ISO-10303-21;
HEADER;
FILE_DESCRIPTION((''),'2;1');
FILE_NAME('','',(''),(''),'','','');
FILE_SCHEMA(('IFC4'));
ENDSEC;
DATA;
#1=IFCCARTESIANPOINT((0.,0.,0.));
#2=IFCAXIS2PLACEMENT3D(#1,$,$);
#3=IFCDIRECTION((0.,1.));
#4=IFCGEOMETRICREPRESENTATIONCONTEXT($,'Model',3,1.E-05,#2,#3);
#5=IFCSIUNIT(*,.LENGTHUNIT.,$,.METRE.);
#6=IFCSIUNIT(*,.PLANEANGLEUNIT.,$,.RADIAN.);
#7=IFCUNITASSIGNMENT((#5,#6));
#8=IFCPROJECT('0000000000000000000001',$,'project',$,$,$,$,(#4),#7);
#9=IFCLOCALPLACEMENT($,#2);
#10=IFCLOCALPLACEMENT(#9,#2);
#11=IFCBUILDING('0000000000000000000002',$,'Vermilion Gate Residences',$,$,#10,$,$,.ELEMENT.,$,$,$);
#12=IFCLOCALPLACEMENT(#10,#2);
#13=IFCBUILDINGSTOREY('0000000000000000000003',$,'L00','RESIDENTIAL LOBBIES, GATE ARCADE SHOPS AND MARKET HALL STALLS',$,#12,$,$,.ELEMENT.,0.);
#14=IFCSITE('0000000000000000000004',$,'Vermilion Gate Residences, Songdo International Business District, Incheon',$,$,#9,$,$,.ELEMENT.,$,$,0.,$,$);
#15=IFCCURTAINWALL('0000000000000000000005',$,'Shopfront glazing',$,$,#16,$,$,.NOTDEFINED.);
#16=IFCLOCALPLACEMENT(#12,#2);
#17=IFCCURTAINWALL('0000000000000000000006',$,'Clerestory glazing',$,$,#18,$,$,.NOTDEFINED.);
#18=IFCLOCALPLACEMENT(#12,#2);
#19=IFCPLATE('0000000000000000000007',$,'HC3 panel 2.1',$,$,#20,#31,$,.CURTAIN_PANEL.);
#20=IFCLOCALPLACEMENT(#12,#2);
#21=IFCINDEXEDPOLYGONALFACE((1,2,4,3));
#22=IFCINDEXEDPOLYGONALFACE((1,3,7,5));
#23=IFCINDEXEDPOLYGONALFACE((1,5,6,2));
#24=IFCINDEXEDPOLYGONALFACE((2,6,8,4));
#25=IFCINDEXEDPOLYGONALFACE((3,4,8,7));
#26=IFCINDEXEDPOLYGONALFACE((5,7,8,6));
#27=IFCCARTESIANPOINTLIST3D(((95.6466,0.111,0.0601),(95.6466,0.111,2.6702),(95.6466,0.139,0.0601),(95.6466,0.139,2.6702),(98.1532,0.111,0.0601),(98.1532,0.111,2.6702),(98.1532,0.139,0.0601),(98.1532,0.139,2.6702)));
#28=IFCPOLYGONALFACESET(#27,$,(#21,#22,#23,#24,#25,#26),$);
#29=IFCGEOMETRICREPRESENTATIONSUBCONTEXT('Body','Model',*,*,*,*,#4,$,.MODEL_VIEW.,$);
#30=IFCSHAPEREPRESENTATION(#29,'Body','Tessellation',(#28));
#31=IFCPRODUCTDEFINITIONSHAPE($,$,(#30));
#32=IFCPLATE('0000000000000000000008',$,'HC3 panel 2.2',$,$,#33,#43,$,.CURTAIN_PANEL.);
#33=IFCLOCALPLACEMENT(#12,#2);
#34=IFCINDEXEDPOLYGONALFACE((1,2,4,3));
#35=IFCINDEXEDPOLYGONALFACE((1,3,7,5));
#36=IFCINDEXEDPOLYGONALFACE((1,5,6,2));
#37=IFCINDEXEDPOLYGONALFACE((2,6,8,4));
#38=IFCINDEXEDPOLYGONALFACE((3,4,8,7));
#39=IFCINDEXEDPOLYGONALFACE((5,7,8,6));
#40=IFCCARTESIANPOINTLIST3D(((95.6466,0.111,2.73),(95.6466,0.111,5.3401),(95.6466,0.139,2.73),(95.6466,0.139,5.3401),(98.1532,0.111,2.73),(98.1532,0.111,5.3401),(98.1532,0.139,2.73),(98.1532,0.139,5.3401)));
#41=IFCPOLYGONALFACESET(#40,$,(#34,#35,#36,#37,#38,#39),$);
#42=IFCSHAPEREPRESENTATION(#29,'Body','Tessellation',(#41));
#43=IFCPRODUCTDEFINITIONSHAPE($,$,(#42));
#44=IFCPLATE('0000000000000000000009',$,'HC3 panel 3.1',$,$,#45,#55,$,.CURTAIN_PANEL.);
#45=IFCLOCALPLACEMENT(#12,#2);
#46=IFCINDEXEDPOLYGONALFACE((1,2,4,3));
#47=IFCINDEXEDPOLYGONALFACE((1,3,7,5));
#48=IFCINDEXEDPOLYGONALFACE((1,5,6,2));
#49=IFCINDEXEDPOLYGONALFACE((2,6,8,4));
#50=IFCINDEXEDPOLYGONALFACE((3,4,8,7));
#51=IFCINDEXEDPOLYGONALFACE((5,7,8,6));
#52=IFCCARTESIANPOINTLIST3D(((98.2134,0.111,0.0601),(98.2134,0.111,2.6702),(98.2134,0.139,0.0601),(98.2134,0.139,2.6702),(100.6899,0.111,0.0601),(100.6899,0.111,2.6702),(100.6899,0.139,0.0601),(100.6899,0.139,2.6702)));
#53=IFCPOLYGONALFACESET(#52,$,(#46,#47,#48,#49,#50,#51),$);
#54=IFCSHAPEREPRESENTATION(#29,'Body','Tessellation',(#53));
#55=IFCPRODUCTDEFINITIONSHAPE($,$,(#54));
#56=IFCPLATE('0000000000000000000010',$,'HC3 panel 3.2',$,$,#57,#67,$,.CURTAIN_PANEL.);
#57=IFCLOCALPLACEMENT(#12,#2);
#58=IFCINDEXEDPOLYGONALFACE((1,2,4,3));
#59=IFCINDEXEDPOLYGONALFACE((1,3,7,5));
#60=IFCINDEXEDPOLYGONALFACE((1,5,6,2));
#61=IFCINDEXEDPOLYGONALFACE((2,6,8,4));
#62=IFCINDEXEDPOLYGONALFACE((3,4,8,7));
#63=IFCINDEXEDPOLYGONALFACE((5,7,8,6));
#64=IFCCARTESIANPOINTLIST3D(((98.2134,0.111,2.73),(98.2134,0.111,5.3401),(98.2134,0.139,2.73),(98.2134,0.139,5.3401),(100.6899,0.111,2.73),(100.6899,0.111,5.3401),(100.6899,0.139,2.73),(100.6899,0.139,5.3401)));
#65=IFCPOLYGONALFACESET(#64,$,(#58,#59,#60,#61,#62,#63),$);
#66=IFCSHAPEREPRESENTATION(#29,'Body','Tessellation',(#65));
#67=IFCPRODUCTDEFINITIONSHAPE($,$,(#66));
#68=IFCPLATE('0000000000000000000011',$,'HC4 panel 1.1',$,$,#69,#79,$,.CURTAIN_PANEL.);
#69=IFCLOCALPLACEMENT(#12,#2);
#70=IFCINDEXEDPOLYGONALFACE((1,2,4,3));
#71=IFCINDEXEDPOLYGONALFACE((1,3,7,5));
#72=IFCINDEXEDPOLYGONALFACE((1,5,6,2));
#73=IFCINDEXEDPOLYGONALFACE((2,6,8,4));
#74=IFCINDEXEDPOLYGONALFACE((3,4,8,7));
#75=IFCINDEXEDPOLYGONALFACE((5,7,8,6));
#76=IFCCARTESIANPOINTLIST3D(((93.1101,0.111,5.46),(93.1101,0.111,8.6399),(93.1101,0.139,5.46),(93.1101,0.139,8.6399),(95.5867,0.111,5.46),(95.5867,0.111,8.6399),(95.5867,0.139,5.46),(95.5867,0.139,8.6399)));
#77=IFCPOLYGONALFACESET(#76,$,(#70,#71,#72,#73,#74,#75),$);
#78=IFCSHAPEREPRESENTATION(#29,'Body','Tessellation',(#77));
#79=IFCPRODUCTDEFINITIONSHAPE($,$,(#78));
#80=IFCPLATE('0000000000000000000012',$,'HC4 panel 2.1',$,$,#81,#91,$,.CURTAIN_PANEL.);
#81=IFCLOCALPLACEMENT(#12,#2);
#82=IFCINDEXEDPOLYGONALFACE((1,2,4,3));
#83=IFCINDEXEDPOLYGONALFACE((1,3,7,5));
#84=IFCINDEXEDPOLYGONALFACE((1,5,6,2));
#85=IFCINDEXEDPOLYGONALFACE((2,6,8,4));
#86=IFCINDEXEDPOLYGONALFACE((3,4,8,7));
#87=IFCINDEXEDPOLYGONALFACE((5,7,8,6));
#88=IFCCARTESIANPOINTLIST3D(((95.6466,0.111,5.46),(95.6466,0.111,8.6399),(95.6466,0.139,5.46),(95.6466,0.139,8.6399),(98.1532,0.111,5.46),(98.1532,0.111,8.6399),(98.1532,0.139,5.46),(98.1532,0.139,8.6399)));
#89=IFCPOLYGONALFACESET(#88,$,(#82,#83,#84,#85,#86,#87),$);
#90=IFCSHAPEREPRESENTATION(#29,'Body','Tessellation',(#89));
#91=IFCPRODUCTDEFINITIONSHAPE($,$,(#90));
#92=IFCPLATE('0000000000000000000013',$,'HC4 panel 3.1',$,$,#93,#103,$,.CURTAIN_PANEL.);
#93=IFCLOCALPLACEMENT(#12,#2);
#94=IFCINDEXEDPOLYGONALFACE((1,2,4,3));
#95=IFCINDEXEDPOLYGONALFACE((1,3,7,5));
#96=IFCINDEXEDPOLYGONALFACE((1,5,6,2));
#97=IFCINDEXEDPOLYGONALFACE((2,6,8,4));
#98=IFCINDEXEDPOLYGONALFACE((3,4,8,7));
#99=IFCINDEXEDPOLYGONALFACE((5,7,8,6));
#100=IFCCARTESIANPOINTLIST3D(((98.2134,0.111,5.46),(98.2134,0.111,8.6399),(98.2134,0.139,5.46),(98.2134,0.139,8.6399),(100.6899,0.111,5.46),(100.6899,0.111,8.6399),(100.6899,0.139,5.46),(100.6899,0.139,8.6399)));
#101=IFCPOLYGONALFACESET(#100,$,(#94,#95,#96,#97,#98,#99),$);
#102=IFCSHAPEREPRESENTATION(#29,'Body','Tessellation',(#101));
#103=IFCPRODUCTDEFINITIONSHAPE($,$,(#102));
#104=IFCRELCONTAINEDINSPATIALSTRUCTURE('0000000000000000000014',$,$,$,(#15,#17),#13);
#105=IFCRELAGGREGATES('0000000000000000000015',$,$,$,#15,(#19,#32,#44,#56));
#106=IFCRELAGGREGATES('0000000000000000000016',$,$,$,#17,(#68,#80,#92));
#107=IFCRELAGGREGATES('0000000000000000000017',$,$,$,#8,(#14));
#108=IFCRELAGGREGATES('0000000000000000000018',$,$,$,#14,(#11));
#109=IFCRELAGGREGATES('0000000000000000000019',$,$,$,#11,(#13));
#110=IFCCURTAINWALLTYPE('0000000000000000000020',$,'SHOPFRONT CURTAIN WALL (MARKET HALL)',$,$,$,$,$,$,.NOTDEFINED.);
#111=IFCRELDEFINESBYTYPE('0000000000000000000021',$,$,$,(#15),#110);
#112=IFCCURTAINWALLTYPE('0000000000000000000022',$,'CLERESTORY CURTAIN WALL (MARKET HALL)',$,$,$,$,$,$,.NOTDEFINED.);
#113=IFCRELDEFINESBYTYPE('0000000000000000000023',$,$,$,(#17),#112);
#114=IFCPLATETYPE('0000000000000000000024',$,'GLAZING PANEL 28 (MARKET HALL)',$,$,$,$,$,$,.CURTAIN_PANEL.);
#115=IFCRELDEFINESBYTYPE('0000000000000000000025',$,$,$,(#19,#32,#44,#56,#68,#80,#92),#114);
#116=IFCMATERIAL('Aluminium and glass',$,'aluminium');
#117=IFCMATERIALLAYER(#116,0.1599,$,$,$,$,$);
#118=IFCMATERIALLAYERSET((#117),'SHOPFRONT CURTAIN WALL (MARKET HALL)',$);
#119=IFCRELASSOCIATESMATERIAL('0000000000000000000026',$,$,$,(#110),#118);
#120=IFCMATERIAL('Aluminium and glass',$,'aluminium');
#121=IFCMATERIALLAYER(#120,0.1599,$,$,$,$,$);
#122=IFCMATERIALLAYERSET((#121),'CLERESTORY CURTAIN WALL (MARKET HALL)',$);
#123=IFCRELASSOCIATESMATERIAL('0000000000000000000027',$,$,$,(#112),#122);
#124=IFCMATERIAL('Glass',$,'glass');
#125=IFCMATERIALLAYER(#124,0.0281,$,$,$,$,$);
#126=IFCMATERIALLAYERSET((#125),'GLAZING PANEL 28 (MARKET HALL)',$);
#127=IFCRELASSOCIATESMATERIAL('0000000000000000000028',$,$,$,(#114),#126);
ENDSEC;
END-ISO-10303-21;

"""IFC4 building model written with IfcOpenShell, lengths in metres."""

from ifc_helpers import new_model, si_unit, direction, frame, origin, origin_2d, place, context, subcontext, project, spatial, rectangle, extrude, material, layer, layer_set, type_object, element, aggregate, save


model = new_model("IFC4")

# Units and contexts
model_context = context("Model", 3, precision=1e-05, world=origin(), true_north=direction((0.0, 1.0)))
body_context = subcontext(model_context, "Body", "Model", "MODEL_VIEW")
ifc_project = project(units=[si_unit("LENGTHUNIT", "METRE"), si_unit("PLANEANGLEUNIT", "RADIAN")], contexts=[model_context])

# Site, building, storey
site_placement = place(None, origin())
site = spatial("IfcSite", under=ifc_project, at=site_placement, Name="Vermilion Gate Residences, Songdo International Business District, Incheon", CompositionType="ELEMENT", RefElevation=0.0)
building_placement = place(site_placement, origin())
building = spatial("IfcBuilding", under=site, at=building_placement, Name="Vermilion Gate Residences", CompositionType="ELEMENT")
storey_placement = place(building_placement, origin())
storey = spatial("IfcBuildingStorey", under=building, at=storey_placement, Name="L00", Description="RESIDENTIAL LOBBIES, GATE ARCADE SHOPS AND MARKET HALL STALLS", CompositionType="ELEMENT", Elevation=0.0)

# Curtain walls
ifc_material_1 = material(Name="Aluminium and glass", Category="aluminium")
ifc_layer_1 = layer(ifc_material_1, 0.1599)
ifc_layer_set_1 = layer_set([ifc_layer_1], Name="SHOPFRONT CURTAIN WALL (MARKET HALL)")
curtain_wall_type_1 = type_object("IfcCurtainWallType", Name="SHOPFRONT CURTAIN WALL (MARKET HALL)", PredefinedType="NOTDEFINED", material=ifc_layer_set_1)
curtain_wall_1_placement = place(storey_placement, origin())
curtain_wall_1 = element("IfcCurtainWall", 1, at=curtain_wall_1_placement, inside=storey, type_object=curtain_wall_type_1, Name="Shopfront glazing", PredefinedType="NOTDEFINED")
ifc_material_2 = material(Name="Aluminium and glass", Category="aluminium")
ifc_layer_2 = layer(ifc_material_2, 0.1599)
ifc_layer_set_2 = layer_set([ifc_layer_2], Name="CLERESTORY CURTAIN WALL (MARKET HALL)")
curtain_wall_type_2 = type_object("IfcCurtainWallType", Name="CLERESTORY CURTAIN WALL (MARKET HALL)", PredefinedType="NOTDEFINED", material=ifc_layer_set_2)
curtain_wall_2_placement = place(storey_placement, origin())
curtain_wall_2 = element("IfcCurtainWall", 2, at=curtain_wall_2_placement, inside=storey, type_object=curtain_wall_type_2, Name="Clerestory glazing", PredefinedType="NOTDEFINED")

# Plates
ifc_material_3 = material(Name="Glass", Category="glass")
ifc_layer_3 = layer(ifc_material_3, 0.0281)
ifc_layer_set_3 = layer_set([ifc_layer_3], Name="GLAZING PANEL 28 (MARKET HALL)")
plate_type = type_object("IfcPlateType", Name="GLAZING PANEL 28 (MARKET HALL)", PredefinedType="CURTAIN_PANEL", material=ifc_layer_set_3)
plate_1_placement = place(storey_placement, frame((96.8999, 0.125, 0.0601), z_axis=(0.0, 0.0, 1.0), x_axis=(1.0, 0.0, 0.0)))
plate_1 = element("IfcPlate", 3, at=plate_1_placement, type_object=plate_type, Name="HC3 panel 2.1", PredefinedType="CURTAIN_PANEL", context=body_context, shape_type="SweptSolid", body=[
    extrude(rectangle(XDim=2.5066, YDim=0.0281, at=origin_2d()), origin(), (0.0, 0.0, 1.0), 2.6101),
])
plate_2_placement = place(storey_placement, frame((96.8999, 0.125, 2.73), z_axis=(0.0, 0.0, 1.0), x_axis=(1.0, 0.0, 0.0)))
plate_2 = element("IfcPlate", 4, at=plate_2_placement, type_object=plate_type, Name="HC3 panel 2.2", PredefinedType="CURTAIN_PANEL", context=body_context, shape_type="SweptSolid", body=[
    extrude(rectangle(XDim=2.5066, YDim=0.0281, at=origin_2d()), origin(), (0.0, 0.0, 1.0), 2.6101),
])
plate_3_placement = place(storey_placement, frame((99.4517, 0.125, 0.0601), z_axis=(0.0, 0.0, 1.0), x_axis=(1.0, 0.0, 0.0)))
plate_3 = element("IfcPlate", 5, at=plate_3_placement, type_object=plate_type, Name="HC3 panel 3.1", PredefinedType="CURTAIN_PANEL", context=body_context, shape_type="SweptSolid", body=[
    extrude(rectangle(XDim=2.4766, YDim=0.0281, at=origin_2d()), origin(), (0.0, 0.0, 1.0), 2.6101),
])
plate_4_placement = place(storey_placement, frame((99.4517, 0.125, 2.73), z_axis=(0.0, 0.0, 1.0), x_axis=(1.0, 0.0, 0.0)))
plate_4 = element("IfcPlate", 6, at=plate_4_placement, type_object=plate_type, Name="HC3 panel 3.2", PredefinedType="CURTAIN_PANEL", context=body_context, shape_type="SweptSolid", body=[
    extrude(rectangle(XDim=2.4766, YDim=0.0281, at=origin_2d()), origin(), (0.0, 0.0, 1.0), 2.6101),
])
aggregate(curtain_wall_1, [plate_1, plate_2, plate_3, plate_4])
plate_5_placement = place(storey_placement, frame((94.3484, 0.125, 5.46), z_axis=(0.0, 0.0, 1.0), x_axis=(1.0, 0.0, 0.0)))
plate_5 = element("IfcPlate", 7, at=plate_5_placement, type_object=plate_type, Name="HC4 panel 1.1", PredefinedType="CURTAIN_PANEL", context=body_context, shape_type="SweptSolid", body=[
    extrude(rectangle(XDim=2.4766, YDim=0.0281, at=origin_2d()), origin(), (0.0, 0.0, 1.0), 3.1799),
])
plate_6_placement = place(storey_placement, frame((96.8999, 0.125, 5.46), z_axis=(0.0, 0.0, 1.0), x_axis=(1.0, 0.0, 0.0)))
plate_6 = element("IfcPlate", 8, at=plate_6_placement, type_object=plate_type, Name="HC4 panel 2.1", PredefinedType="CURTAIN_PANEL", context=body_context, shape_type="SweptSolid", body=[
    extrude(rectangle(XDim=2.5066, YDim=0.0281, at=origin_2d()), origin(), (0.0, 0.0, 1.0), 3.1799),
])
plate_7_placement = place(storey_placement, frame((99.4517, 0.125, 5.46), z_axis=(0.0, 0.0, 1.0), x_axis=(1.0, 0.0, 0.0)))
plate_7 = element("IfcPlate", 9, at=plate_7_placement, type_object=plate_type, Name="HC4 panel 3.1", PredefinedType="CURTAIN_PANEL", context=body_context, shape_type="SweptSolid", body=[
    extrude(rectangle(XDim=2.4766, YDim=0.0281, at=origin_2d()), origin(), (0.0, 0.0, 1.0), 3.1799),
])
aggregate(curtain_wall_2, [plate_5, plate_6, plate_7])

save(model, "model.ifc")
